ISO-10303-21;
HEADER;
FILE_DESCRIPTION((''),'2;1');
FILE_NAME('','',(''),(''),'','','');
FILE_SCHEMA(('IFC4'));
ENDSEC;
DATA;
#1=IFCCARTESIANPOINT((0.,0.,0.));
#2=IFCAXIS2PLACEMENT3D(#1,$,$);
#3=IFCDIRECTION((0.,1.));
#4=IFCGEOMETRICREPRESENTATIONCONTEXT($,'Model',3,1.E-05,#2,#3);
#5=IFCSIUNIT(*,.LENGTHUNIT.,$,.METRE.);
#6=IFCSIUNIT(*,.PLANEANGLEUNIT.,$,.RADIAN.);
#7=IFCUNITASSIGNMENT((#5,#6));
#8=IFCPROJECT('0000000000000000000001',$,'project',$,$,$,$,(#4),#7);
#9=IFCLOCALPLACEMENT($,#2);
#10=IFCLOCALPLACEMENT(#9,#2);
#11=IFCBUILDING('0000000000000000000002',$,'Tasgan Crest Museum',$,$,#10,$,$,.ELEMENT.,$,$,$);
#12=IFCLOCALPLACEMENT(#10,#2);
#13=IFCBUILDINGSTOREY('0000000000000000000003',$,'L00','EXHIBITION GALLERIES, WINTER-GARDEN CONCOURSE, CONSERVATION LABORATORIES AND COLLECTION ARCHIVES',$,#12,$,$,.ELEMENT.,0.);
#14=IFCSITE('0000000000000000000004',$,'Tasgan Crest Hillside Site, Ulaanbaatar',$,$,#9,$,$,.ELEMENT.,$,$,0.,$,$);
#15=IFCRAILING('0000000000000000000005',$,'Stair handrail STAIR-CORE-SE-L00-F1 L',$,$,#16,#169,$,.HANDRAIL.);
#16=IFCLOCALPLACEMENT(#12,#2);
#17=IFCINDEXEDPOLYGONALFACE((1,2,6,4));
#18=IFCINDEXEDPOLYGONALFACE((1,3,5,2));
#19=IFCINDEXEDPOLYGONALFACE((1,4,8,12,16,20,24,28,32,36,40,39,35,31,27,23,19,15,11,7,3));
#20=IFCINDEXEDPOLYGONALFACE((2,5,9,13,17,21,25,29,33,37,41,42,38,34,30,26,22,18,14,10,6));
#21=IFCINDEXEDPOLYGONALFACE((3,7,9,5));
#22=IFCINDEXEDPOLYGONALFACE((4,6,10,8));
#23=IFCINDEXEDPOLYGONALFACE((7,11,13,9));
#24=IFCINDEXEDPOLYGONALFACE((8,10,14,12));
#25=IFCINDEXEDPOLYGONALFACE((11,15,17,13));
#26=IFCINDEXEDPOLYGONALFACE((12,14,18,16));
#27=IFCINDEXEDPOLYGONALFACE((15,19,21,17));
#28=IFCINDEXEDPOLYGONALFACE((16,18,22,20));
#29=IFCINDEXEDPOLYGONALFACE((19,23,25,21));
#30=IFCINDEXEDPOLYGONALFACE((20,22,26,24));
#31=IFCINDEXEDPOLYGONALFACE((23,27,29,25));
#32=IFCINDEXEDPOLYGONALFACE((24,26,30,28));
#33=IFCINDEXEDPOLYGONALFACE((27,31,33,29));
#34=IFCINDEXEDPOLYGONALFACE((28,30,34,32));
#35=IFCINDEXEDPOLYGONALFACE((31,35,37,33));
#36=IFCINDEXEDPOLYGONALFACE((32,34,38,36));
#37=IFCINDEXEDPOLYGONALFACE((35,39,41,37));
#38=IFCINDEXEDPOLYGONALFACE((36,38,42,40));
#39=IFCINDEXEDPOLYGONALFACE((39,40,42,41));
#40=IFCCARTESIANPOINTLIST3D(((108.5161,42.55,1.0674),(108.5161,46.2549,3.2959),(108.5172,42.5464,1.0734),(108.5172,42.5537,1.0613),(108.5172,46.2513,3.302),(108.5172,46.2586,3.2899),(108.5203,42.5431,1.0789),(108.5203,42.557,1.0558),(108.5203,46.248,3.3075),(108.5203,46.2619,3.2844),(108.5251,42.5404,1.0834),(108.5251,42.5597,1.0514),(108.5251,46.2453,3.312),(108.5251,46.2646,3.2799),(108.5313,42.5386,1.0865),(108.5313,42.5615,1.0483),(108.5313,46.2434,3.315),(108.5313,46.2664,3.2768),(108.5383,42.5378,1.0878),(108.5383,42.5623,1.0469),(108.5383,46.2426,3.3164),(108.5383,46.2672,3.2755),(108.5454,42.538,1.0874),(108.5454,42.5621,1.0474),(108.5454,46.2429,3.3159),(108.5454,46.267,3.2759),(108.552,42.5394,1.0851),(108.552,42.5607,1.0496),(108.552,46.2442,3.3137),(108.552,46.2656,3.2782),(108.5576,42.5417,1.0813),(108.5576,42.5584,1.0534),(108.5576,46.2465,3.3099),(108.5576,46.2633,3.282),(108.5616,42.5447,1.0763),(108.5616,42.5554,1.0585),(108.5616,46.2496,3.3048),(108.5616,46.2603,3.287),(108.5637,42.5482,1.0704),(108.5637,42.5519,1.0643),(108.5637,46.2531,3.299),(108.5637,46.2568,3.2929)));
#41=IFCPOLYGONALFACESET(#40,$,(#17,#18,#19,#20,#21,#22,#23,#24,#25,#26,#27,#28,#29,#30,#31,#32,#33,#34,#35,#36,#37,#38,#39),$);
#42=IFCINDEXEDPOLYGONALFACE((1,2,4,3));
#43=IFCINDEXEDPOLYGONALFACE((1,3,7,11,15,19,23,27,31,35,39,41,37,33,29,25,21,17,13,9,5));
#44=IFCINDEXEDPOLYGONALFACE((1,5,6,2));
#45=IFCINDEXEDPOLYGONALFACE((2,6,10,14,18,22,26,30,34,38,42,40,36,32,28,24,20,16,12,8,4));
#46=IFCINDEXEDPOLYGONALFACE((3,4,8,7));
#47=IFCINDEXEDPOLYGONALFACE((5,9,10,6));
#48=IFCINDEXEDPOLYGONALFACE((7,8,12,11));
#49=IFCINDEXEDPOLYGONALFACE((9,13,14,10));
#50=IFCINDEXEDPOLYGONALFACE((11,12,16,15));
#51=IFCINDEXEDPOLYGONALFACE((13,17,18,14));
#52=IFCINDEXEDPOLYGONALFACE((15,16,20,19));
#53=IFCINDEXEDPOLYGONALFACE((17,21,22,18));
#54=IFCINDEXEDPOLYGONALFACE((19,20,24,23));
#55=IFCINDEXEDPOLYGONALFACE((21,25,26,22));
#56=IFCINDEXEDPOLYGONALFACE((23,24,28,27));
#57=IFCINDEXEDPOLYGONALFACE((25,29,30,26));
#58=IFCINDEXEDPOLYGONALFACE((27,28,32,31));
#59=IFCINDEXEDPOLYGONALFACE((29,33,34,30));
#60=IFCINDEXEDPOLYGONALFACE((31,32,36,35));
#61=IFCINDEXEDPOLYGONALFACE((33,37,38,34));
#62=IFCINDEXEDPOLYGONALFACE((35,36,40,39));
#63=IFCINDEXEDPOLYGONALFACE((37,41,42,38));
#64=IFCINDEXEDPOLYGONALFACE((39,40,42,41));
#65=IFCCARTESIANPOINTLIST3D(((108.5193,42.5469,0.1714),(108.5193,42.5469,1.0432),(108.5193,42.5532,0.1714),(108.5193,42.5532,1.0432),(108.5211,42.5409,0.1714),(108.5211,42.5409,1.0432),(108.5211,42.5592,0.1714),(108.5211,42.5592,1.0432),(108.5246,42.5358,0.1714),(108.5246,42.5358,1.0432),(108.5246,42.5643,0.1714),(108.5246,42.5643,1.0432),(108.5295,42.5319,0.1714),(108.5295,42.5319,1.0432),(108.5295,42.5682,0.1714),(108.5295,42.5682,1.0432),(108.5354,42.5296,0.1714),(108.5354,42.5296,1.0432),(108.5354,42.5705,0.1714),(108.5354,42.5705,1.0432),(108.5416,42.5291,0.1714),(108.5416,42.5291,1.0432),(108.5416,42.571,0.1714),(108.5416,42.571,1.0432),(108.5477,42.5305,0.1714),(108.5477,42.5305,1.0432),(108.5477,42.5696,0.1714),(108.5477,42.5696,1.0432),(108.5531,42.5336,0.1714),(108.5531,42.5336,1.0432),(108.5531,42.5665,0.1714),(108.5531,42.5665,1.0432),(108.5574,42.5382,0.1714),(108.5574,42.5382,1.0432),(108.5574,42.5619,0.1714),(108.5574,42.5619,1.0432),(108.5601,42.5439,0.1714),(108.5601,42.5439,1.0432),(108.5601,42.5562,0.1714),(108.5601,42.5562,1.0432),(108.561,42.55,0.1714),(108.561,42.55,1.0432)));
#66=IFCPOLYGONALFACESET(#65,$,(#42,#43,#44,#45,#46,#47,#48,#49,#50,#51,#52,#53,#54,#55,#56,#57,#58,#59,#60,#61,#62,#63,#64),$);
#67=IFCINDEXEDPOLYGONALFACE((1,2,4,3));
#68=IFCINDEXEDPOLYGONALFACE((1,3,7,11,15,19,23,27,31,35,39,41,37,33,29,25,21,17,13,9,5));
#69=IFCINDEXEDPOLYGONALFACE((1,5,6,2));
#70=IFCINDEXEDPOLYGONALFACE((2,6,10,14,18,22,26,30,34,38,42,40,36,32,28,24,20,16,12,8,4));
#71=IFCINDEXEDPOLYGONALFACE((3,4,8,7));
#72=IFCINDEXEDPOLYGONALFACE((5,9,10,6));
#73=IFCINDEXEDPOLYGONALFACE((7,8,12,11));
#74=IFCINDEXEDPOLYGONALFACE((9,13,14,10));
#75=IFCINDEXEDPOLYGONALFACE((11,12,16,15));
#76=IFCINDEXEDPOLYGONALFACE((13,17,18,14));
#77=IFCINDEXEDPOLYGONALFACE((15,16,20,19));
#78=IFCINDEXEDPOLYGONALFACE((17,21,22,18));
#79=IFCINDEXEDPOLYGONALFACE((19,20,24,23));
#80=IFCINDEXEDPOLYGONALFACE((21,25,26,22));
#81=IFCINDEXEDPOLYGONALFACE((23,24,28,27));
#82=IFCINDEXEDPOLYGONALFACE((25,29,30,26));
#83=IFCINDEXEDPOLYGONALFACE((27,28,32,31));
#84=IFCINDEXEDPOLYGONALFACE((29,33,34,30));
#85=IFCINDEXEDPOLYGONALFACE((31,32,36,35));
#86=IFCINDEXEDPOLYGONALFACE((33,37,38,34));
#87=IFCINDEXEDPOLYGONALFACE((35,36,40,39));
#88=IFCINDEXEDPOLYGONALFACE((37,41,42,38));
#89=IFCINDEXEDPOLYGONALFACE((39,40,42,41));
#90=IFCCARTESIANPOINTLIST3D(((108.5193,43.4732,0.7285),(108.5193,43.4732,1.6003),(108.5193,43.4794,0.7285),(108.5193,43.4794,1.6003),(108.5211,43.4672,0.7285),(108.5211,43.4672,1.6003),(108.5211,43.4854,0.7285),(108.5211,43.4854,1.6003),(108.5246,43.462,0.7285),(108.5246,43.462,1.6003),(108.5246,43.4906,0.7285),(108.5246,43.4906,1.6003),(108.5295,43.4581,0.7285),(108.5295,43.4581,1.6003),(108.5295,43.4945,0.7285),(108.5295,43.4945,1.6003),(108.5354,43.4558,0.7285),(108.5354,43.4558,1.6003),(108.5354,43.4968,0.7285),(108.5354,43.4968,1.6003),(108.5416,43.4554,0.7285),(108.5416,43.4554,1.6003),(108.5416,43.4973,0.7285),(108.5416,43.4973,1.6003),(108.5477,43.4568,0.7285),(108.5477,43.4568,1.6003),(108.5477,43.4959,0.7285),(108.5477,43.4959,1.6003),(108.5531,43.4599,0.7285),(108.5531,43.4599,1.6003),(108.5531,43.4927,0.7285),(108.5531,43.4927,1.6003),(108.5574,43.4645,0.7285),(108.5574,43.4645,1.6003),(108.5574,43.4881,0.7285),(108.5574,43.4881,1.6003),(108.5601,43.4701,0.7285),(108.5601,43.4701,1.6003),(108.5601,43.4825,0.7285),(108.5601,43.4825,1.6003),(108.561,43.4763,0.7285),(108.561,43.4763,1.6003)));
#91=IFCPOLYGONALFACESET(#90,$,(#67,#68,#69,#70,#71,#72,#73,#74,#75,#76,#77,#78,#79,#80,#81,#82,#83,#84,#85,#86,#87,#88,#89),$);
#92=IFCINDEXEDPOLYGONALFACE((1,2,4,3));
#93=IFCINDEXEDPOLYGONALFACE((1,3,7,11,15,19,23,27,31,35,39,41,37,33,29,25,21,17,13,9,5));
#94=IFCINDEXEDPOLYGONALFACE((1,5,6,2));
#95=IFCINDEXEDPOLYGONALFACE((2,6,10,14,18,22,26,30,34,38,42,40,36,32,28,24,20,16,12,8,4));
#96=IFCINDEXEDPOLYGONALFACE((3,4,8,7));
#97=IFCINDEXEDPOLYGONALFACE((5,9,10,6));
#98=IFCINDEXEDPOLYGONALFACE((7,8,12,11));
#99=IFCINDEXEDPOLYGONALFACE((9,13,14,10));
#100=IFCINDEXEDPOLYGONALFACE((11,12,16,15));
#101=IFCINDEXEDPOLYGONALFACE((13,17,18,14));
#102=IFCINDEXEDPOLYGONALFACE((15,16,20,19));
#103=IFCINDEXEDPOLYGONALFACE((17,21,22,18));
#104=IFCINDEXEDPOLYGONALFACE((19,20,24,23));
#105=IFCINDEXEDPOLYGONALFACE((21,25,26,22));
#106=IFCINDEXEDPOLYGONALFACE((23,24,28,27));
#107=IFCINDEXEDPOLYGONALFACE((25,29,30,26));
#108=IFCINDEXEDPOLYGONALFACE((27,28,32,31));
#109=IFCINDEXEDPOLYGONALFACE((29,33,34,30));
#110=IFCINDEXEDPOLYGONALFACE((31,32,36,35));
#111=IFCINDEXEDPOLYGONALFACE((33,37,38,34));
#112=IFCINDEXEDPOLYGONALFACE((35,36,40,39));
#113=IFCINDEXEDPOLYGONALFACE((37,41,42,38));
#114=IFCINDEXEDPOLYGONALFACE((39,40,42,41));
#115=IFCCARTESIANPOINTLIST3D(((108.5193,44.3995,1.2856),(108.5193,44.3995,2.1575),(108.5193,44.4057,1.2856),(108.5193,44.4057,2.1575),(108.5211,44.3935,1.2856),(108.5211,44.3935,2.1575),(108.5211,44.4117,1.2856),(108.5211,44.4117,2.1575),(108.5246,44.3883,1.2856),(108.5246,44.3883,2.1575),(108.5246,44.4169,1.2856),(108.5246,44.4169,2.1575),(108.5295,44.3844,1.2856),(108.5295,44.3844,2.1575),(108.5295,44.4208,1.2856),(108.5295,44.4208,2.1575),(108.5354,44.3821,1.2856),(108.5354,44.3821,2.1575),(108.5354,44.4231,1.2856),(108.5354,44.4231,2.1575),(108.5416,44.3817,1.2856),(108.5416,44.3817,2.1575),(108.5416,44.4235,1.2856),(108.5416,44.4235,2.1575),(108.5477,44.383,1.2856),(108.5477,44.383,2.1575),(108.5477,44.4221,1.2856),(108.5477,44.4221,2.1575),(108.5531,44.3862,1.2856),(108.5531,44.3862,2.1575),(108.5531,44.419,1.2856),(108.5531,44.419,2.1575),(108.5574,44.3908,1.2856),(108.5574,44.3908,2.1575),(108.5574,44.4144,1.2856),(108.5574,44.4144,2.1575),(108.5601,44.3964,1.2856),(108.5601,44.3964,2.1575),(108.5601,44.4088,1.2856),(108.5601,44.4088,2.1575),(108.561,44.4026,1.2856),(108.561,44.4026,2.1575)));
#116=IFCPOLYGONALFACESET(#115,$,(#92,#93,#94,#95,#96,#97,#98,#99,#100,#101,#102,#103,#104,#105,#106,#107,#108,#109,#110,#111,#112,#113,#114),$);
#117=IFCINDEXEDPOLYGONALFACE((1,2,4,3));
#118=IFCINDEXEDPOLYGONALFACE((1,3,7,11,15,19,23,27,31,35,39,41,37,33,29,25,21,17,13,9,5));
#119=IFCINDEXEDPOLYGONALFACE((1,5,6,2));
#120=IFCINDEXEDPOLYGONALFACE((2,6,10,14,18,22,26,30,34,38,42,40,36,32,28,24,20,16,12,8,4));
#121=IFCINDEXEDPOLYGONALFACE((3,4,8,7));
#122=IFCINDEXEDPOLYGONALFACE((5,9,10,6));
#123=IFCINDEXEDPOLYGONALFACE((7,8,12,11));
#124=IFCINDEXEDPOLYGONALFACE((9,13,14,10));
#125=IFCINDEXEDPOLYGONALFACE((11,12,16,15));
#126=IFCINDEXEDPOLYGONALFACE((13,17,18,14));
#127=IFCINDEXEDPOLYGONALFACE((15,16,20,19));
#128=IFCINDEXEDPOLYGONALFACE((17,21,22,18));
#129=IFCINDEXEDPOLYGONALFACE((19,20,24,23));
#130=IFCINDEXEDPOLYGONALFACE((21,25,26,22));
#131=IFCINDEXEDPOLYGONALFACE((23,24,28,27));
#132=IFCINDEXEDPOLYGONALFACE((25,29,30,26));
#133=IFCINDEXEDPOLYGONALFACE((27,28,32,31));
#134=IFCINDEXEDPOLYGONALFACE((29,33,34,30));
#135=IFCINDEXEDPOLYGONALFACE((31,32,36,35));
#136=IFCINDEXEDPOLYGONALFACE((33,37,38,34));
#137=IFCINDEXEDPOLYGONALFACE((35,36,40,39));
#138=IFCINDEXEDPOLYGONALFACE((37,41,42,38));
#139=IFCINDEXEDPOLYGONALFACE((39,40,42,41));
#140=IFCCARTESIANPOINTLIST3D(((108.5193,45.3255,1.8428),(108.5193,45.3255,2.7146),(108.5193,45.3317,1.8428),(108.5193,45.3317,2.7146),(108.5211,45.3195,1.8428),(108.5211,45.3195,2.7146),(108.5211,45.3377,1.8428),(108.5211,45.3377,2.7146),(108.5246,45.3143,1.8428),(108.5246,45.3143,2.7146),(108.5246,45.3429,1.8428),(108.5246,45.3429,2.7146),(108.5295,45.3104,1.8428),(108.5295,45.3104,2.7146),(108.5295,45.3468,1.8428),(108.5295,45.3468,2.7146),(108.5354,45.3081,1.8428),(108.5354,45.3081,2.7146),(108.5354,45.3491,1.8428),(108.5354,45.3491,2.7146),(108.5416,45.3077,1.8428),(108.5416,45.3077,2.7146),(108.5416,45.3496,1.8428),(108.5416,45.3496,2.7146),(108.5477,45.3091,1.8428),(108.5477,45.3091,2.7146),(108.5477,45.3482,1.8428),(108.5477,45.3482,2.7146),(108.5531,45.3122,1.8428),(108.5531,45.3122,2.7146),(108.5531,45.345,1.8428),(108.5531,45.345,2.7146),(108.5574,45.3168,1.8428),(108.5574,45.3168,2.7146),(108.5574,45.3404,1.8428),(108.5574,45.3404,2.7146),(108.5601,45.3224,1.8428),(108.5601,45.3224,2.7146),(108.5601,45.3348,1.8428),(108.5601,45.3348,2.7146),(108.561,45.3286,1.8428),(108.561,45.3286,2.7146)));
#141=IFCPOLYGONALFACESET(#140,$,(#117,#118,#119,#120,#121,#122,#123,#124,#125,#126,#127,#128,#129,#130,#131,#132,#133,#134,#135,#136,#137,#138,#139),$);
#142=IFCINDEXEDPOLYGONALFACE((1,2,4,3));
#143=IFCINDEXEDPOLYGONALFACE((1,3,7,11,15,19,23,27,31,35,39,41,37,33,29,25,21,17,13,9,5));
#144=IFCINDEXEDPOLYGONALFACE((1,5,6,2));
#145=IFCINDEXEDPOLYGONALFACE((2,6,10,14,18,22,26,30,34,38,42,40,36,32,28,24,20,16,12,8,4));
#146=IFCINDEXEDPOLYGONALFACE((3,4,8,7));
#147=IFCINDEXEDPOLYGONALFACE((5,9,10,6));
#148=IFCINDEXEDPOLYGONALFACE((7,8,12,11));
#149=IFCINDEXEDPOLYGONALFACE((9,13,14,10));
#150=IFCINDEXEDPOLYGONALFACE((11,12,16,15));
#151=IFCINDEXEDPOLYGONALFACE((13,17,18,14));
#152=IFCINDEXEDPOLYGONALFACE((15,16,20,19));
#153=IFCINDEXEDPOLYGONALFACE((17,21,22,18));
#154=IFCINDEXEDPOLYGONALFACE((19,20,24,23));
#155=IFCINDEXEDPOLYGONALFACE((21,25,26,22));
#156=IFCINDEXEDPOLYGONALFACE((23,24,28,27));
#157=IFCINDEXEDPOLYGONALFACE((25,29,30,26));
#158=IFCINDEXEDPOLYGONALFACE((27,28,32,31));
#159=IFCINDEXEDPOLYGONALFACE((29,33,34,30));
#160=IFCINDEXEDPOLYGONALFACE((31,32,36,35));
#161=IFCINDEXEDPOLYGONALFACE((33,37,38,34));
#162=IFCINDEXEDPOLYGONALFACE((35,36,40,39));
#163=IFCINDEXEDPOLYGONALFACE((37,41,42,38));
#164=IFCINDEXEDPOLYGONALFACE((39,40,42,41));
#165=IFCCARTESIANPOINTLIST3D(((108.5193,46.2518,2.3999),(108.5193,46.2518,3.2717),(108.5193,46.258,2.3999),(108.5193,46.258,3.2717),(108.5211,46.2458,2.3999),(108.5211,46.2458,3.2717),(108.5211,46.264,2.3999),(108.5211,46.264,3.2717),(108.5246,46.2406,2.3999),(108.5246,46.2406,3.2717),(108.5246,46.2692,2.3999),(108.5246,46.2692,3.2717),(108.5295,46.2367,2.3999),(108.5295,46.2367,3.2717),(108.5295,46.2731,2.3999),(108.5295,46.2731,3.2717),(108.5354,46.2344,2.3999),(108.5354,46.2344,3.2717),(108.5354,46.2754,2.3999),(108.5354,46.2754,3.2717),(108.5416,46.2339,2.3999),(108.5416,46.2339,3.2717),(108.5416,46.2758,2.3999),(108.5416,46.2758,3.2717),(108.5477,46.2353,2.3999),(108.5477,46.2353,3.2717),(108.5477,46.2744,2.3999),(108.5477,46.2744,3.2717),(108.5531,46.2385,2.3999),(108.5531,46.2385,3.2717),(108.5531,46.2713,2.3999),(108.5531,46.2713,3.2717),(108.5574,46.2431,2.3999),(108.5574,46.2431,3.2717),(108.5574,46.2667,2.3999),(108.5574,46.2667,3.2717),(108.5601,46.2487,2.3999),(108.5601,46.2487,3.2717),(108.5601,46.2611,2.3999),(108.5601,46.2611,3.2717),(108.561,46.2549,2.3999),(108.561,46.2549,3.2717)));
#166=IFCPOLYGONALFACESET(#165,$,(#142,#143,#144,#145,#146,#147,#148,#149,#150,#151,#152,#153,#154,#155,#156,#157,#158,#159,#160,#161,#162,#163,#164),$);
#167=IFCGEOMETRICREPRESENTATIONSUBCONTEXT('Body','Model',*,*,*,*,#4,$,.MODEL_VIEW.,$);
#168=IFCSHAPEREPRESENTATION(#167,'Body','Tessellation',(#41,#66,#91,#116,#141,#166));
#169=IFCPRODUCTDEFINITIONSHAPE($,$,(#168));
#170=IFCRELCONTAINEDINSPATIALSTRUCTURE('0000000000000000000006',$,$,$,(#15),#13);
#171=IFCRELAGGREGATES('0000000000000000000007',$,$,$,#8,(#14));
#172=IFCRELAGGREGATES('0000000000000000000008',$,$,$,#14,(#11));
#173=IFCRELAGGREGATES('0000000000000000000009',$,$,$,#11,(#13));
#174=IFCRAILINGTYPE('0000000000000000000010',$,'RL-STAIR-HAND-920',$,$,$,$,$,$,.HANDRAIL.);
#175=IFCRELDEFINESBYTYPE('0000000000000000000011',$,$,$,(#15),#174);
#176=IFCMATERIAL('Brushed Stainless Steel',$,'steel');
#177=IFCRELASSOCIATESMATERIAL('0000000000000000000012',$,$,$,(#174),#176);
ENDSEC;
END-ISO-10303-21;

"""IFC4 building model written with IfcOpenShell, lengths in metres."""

from ifc_helpers import new_model, si_unit, direction, frame, origin, origin_2d, place, context, subcontext, project, spatial, circle, extrude, material, type_object, element, save


model = new_model("IFC4")

# Units and contexts
model_context = context("Model", 3, precision=1e-05, world=origin(), true_north=direction((0.0, 1.0)))
body_context = subcontext(model_context, "Body", "Model", "MODEL_VIEW")
ifc_project = project(units=[si_unit("LENGTHUNIT", "METRE"), si_unit("PLANEANGLEUNIT", "RADIAN")], contexts=[model_context])

# Site, building, storey
site_placement = place(None, origin())
site = spatial("IfcSite", under=ifc_project, at=site_placement, Name="Tasgan Crest Hillside Site, Ulaanbaatar", CompositionType="ELEMENT", RefElevation=0.0)
building_placement = place(site_placement, origin())
building = spatial("IfcBuilding", under=site, at=building_placement, Name="Tasgan Crest Museum", CompositionType="ELEMENT")
storey_placement = place(building_placement, origin())
storey = spatial("IfcBuildingStorey", under=building, at=storey_placement, Name="L00", Description="EXHIBITION GALLERIES, WINTER-GARDEN CONCOURSE, CONSERVATION LABORATORIES AND COLLECTION ARCHIVES", CompositionType="ELEMENT", Elevation=0.0)

# Railing
ifc_material_1 = material(Name="Brushed Stainless Steel", Category="steel")
railing_type_1 = type_object("IfcRailingType", Name="RL-STAIR-HAND-920", PredefinedType="HANDRAIL", material=ifc_material_1)
for number, where, name in (
    (1, (108.54, 42.55, 0.1714), "Stair handrail STAIR-CORE-SE-L00-F1 L"),
):
    element("IfcRailing", number, at=place(storey_placement, frame(where)), inside=storey, type_object=railing_type_1, Name=name, PredefinedType="HANDRAIL", context=body_context, shape_type="SweptSolid", body=[
        extrude(circle(Radius=0.0239, at=origin_2d()), frame((0.0, 0.0, 0.896), z_axis=(0.0, 0.856919, 0.51545), x_axis=(-1.0, 0.0, 0.0)), (0.0, 0.0, 1.0), 4.3235),
        extrude(circle(Radius=0.021, at=origin_2d()), origin(), (0.0, 0.0, 1.0), 0.8718),
        extrude(circle(Radius=0.021, at=origin_2d()), frame((0.0, 0.9263, 0.5571)), (0.0, 0.0, 1.0), 0.8718),
        extrude(circle(Radius=0.021, at=origin_2d()), frame((0.0, 1.8525, 1.1143)), (0.0, 0.0, 1.0), 0.8718),
        extrude(circle(Radius=0.021, at=origin_2d()), frame((0.0, 2.7786, 1.6714)), (0.0, 0.0, 1.0), 0.8718),
        extrude(circle(Radius=0.021, at=origin_2d()), frame((0.0, 3.7048, 2.2285)), (0.0, 0.0, 1.0), 0.8718),
    ])

save(model, "model.ifc")
